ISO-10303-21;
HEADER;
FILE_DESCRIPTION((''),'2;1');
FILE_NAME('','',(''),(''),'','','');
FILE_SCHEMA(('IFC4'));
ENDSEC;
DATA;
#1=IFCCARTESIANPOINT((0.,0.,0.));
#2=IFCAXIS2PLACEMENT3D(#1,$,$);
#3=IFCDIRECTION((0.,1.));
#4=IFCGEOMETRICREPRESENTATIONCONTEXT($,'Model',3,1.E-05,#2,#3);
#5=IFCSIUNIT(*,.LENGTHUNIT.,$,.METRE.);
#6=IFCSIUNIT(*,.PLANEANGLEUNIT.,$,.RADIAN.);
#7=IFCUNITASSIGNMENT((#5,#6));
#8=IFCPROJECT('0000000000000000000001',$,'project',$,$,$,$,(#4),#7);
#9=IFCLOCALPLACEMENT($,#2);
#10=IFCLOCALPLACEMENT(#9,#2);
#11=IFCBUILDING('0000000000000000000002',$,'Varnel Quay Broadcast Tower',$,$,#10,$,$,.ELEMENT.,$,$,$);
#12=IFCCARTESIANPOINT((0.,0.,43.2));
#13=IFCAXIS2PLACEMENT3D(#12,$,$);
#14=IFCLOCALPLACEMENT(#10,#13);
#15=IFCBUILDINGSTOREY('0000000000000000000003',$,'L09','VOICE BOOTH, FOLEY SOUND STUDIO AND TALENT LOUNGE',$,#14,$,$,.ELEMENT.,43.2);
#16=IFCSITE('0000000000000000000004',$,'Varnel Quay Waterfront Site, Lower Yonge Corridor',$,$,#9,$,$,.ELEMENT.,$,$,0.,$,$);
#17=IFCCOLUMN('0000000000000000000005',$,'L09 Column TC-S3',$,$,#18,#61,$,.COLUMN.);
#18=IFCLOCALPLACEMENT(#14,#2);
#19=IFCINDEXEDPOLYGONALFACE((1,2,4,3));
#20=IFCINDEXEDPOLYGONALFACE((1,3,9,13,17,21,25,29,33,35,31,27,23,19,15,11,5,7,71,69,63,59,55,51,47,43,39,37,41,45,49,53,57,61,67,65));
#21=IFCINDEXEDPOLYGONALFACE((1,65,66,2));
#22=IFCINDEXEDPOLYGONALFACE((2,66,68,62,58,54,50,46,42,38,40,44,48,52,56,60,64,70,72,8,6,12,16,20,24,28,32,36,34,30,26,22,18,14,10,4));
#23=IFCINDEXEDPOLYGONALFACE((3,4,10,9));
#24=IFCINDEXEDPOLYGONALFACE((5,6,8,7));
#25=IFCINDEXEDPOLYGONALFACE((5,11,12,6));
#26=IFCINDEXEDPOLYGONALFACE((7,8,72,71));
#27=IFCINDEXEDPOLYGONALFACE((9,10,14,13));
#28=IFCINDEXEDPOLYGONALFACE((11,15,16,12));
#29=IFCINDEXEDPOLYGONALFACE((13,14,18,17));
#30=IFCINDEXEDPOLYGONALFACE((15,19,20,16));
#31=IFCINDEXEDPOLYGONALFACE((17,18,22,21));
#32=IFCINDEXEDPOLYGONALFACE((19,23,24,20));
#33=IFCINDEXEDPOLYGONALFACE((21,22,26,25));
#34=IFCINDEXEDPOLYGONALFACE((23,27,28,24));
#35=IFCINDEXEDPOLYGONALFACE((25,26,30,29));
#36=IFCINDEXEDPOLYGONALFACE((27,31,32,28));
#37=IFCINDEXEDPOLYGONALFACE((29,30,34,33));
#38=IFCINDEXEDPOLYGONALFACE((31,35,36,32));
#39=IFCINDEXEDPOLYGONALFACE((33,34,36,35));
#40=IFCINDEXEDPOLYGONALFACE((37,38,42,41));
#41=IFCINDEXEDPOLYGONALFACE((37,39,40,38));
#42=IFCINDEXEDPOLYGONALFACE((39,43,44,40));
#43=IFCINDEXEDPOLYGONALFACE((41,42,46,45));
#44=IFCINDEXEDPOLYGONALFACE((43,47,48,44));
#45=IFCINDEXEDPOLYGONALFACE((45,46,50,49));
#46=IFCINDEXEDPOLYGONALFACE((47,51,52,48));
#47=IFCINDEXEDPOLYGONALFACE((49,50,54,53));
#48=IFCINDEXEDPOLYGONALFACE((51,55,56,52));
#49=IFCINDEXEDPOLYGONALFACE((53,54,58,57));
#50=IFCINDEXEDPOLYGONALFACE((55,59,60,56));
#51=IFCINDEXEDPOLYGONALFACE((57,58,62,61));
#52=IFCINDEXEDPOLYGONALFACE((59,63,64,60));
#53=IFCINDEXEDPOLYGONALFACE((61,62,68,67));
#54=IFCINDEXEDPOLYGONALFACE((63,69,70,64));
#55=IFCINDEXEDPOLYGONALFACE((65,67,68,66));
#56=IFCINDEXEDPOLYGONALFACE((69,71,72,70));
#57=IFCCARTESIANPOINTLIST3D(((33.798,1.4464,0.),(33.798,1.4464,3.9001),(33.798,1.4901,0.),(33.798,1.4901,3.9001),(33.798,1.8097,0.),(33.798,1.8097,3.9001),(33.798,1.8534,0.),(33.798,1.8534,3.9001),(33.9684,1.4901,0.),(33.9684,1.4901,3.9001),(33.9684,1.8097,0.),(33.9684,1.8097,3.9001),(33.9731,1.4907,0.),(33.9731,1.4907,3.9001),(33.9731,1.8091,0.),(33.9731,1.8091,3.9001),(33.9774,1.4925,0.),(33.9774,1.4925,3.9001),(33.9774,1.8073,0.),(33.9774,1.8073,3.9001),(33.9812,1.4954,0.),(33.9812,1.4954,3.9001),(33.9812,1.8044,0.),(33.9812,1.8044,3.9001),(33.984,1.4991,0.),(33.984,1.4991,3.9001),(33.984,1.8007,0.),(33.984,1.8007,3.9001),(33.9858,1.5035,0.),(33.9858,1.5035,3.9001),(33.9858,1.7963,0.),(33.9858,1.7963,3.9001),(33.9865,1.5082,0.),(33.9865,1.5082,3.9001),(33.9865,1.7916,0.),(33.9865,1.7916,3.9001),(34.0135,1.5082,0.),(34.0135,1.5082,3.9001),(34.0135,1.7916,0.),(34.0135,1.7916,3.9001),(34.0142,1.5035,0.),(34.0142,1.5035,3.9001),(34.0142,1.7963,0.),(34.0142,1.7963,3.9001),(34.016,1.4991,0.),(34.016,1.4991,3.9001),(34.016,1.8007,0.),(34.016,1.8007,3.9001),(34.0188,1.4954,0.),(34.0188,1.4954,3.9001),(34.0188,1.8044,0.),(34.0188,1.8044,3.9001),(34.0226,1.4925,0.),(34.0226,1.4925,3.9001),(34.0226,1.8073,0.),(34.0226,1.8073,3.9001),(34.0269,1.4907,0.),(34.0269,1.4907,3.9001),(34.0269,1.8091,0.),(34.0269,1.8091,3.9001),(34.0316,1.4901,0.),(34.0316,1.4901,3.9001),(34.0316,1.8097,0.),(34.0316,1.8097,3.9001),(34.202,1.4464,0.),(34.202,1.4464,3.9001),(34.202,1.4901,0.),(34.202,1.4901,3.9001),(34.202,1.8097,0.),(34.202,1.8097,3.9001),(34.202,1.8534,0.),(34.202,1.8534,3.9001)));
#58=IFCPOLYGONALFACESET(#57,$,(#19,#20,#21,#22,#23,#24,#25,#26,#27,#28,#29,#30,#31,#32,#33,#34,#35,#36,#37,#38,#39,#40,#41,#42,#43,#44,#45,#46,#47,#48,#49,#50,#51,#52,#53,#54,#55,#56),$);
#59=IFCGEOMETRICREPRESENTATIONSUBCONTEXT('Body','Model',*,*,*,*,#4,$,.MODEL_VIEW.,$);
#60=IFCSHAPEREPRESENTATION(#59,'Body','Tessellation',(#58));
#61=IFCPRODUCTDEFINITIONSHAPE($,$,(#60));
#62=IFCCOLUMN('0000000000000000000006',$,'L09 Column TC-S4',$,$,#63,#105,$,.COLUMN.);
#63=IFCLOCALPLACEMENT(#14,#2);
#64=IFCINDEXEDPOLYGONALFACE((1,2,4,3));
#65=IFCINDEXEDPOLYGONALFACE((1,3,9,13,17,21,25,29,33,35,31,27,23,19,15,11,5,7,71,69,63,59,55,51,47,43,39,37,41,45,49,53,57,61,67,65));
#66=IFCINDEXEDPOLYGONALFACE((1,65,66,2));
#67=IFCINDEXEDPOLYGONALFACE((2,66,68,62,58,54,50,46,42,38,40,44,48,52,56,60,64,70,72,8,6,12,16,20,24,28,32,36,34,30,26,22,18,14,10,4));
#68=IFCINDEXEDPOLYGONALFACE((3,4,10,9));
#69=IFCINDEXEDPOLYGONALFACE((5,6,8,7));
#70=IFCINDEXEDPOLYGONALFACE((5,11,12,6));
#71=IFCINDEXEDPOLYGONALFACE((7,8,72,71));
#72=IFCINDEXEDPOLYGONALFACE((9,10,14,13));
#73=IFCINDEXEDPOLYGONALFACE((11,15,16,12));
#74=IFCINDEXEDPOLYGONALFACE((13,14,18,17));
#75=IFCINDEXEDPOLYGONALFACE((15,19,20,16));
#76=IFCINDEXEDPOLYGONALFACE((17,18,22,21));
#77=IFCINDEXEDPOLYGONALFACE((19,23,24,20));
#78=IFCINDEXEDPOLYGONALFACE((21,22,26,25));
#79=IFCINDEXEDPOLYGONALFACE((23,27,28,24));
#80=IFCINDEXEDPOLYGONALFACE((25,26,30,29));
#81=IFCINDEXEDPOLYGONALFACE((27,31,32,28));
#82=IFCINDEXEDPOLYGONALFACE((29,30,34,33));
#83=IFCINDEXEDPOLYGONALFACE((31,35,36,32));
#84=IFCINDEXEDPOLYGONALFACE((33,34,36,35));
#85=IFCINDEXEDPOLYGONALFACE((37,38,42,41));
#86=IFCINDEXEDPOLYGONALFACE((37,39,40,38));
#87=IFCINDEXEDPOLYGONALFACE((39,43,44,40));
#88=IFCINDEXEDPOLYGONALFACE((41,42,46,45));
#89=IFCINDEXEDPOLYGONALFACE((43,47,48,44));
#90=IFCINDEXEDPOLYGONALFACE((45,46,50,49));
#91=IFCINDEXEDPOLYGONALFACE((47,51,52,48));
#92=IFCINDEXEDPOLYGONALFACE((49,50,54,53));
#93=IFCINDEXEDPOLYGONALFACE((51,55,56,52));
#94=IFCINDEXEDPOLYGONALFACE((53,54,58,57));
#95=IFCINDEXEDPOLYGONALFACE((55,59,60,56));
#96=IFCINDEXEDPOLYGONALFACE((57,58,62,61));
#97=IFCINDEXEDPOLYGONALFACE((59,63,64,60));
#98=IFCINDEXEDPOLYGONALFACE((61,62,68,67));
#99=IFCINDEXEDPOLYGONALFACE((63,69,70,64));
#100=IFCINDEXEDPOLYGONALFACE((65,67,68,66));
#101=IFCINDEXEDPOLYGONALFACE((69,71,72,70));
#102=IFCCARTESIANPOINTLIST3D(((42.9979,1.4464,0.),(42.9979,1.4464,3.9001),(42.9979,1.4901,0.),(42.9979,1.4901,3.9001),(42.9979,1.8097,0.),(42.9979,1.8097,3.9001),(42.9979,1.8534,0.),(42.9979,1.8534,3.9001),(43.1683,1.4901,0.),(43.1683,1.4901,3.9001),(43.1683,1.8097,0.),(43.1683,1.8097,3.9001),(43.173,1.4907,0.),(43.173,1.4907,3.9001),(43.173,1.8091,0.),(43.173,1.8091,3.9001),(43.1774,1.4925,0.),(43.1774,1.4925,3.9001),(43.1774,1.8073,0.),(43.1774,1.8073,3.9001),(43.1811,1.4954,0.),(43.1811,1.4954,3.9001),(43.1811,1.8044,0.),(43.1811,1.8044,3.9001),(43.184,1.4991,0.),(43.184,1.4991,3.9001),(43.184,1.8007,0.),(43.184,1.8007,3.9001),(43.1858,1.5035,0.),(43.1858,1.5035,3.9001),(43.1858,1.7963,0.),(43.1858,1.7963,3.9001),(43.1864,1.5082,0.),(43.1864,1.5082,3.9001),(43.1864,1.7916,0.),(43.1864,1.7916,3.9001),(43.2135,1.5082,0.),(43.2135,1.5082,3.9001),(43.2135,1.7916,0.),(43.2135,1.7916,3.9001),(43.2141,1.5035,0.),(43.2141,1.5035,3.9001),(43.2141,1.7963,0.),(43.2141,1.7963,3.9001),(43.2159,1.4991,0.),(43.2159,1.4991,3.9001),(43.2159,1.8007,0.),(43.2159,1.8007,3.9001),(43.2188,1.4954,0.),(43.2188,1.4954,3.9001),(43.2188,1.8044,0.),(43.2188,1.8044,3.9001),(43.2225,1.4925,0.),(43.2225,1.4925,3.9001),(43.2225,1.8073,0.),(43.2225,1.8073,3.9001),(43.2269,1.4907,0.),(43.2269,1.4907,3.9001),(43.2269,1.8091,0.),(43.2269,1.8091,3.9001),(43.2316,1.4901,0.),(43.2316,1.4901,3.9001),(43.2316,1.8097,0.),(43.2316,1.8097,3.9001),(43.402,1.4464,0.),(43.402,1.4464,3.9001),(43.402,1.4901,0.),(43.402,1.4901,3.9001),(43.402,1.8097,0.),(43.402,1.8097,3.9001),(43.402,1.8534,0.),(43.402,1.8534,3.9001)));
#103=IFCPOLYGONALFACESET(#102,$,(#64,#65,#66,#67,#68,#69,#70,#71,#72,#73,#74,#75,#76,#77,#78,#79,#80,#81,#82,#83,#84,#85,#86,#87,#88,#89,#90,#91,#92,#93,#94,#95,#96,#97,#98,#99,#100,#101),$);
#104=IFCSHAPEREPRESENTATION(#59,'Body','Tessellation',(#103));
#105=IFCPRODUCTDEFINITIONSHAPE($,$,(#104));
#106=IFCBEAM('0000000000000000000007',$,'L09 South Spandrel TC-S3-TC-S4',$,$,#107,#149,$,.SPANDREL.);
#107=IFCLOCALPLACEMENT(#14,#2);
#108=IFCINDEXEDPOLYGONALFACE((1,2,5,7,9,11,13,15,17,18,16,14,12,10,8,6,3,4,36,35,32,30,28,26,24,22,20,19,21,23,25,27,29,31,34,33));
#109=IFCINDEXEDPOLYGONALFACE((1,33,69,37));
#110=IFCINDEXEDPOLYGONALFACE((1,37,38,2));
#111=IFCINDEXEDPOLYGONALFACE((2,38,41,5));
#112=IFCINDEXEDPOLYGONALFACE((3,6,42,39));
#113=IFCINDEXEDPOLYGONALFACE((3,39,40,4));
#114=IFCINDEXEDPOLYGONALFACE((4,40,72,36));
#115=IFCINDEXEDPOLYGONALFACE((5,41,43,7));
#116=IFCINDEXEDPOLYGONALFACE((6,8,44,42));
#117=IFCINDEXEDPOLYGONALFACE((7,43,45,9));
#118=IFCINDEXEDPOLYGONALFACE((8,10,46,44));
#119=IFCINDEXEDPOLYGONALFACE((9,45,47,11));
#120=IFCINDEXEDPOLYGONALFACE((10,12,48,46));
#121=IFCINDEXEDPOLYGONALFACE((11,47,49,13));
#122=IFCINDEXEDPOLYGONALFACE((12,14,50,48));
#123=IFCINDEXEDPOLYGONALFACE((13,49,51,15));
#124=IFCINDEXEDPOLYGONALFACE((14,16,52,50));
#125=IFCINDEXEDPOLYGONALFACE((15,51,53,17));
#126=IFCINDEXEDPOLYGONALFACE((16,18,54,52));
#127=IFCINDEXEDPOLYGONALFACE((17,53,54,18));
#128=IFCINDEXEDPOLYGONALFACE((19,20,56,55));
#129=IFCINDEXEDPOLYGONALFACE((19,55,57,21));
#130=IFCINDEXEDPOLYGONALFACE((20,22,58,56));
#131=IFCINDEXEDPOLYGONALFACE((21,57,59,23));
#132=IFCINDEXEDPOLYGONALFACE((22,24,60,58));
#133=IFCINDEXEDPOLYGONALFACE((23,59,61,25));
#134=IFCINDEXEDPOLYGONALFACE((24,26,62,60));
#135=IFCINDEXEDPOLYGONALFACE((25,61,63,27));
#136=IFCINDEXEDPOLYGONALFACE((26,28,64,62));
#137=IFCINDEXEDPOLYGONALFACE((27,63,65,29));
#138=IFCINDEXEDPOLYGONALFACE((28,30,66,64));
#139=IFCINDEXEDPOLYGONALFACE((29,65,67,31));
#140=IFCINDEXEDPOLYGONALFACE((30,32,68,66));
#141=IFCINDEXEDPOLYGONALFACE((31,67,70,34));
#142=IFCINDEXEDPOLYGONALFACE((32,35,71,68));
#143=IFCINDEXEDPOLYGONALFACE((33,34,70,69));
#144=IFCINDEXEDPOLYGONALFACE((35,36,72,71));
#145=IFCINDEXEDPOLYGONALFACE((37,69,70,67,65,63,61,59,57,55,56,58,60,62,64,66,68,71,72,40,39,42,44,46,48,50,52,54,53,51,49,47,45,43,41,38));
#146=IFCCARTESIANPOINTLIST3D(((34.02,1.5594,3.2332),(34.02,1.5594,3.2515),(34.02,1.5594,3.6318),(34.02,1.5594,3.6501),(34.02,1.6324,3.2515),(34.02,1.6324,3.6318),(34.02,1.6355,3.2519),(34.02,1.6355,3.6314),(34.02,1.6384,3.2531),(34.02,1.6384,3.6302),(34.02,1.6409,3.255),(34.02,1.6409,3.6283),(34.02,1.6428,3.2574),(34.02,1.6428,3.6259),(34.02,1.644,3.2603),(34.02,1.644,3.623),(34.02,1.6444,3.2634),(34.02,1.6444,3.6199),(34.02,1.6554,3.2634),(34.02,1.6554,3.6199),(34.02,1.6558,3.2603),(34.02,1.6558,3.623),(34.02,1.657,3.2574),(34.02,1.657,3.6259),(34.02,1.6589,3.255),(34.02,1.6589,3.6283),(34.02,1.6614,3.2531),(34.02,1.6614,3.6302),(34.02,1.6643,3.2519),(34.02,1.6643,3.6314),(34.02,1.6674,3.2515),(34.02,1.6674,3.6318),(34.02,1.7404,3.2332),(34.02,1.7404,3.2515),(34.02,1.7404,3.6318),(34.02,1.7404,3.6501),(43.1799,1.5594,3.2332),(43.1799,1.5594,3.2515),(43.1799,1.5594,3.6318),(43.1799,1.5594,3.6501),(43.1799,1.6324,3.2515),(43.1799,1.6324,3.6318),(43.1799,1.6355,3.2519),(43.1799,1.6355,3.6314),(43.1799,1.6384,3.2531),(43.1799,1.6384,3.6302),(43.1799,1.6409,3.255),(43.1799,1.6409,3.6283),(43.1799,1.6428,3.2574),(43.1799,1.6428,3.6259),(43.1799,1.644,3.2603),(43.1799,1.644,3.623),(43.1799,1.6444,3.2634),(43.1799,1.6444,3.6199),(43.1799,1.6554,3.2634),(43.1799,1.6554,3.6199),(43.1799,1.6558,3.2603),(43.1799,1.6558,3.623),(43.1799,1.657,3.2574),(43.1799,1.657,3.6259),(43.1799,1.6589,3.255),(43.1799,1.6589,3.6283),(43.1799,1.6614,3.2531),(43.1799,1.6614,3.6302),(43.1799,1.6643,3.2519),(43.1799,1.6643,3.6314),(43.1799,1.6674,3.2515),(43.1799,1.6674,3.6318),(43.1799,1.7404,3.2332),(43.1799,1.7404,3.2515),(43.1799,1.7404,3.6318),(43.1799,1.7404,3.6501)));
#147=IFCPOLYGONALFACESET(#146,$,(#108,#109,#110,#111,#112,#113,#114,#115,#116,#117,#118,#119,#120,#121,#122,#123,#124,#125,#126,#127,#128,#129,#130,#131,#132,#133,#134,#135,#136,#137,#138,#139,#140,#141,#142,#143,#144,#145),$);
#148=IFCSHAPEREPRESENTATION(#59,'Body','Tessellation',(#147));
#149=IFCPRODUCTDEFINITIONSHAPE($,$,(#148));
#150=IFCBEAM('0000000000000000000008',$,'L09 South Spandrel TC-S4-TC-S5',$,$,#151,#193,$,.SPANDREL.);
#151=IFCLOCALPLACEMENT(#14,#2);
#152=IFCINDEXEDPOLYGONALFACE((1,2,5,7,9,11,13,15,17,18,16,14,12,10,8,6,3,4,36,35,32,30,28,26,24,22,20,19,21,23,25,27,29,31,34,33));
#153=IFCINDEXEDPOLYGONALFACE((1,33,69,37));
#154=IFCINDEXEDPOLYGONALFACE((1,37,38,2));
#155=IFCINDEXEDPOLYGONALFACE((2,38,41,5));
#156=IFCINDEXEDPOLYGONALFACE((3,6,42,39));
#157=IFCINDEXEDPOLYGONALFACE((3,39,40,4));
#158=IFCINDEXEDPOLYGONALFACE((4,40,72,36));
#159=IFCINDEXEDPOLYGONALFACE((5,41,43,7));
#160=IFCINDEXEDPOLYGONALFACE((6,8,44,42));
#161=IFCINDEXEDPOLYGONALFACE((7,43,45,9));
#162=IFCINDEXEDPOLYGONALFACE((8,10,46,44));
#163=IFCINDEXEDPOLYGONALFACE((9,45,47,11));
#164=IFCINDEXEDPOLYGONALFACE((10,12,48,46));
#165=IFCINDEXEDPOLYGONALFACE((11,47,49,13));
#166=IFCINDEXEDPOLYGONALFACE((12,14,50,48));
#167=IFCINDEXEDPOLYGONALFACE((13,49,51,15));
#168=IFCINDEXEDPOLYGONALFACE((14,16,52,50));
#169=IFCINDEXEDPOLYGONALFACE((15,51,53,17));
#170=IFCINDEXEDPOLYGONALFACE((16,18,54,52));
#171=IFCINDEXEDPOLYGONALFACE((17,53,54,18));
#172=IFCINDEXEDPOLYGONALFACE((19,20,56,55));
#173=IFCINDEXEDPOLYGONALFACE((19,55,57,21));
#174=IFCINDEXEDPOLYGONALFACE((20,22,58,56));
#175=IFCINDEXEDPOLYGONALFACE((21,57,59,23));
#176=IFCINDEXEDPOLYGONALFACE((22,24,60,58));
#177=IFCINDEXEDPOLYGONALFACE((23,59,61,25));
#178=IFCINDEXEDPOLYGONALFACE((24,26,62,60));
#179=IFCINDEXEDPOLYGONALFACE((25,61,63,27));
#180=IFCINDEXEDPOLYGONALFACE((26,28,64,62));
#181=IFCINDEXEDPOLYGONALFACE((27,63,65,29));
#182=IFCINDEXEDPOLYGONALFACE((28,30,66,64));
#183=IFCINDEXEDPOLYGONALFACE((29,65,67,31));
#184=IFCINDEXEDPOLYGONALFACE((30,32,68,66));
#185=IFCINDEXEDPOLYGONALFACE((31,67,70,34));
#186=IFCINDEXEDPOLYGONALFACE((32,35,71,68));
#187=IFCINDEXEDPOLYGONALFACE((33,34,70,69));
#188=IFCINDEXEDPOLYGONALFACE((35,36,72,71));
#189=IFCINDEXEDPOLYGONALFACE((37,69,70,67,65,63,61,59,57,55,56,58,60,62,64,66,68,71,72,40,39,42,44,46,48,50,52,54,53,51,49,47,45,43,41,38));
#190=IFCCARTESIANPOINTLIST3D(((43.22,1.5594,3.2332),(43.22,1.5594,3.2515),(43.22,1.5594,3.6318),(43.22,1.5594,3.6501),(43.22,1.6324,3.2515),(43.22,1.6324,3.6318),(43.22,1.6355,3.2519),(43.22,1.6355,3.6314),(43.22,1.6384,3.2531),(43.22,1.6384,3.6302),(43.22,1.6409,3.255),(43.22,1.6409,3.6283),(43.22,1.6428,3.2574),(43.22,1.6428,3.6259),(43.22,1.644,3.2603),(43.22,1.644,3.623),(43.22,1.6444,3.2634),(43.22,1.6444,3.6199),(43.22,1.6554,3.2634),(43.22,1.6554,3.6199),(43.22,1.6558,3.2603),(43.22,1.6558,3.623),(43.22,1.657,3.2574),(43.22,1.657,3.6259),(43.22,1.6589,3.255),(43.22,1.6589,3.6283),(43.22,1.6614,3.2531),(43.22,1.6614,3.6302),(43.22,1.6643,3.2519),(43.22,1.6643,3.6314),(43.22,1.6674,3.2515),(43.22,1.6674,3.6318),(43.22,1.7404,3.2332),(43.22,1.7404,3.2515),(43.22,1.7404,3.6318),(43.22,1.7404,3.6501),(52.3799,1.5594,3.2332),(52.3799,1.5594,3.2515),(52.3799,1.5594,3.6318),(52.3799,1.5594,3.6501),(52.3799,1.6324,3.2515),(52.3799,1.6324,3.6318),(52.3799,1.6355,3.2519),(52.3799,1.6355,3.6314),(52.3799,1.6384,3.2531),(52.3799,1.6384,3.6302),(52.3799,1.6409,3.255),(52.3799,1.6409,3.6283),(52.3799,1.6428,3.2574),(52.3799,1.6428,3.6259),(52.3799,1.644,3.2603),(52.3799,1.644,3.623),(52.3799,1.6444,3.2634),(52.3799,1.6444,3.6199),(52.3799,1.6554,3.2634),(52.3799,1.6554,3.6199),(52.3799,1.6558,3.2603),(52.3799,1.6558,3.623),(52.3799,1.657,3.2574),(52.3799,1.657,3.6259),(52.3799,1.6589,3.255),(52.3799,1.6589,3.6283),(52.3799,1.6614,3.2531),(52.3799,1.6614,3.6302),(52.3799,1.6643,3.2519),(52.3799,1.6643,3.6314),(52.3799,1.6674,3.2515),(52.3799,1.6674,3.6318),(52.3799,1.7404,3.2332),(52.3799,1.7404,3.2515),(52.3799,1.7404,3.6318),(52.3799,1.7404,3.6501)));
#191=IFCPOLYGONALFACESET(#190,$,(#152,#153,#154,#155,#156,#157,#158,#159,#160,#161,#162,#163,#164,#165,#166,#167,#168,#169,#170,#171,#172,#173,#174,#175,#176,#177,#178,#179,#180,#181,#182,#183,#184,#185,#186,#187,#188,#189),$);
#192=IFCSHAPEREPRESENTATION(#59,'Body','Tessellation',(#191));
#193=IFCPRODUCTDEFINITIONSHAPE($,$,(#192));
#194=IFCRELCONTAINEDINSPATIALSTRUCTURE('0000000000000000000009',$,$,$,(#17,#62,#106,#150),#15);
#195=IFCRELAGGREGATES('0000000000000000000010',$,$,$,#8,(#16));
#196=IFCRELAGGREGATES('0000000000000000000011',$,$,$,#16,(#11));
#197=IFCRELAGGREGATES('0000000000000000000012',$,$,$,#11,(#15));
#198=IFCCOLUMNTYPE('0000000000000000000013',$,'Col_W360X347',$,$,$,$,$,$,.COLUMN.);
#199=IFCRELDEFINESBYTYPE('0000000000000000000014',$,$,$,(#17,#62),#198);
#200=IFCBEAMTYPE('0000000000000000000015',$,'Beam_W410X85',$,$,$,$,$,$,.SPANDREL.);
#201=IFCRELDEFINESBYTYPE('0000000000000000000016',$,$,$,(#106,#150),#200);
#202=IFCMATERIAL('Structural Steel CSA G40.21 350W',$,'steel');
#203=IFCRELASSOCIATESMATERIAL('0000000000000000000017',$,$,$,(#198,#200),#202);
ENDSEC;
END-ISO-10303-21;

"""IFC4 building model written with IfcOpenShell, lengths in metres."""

from ifc_helpers import new_model, si_unit, direction, frame, origin, origin_2d, place, context, subcontext, project, spatial, i_section, extrude, source, transform, mapped, material, material_profile, profile_set, type_object, type_shapes, element, save


model = new_model("IFC4")

# Units and contexts
model_context = context("Model", 3, precision=1e-05, world=origin(), true_north=direction((0.0, 1.0)))
body_context = subcontext(model_context, "Body", "Model", "MODEL_VIEW")
ifc_project = project(units=[si_unit("LENGTHUNIT", "METRE"), si_unit("PLANEANGLEUNIT", "RADIAN")], contexts=[model_context])

# Site, building, storey
site_placement = place(None, origin())
site = spatial("IfcSite", under=ifc_project, at=site_placement, Name="Varnel Quay Waterfront Site, Lower Yonge Corridor", CompositionType="ELEMENT", RefElevation=0.0)
building_placement = place(site_placement, origin())
building = spatial("IfcBuilding", under=site, at=building_placement, Name="Varnel Quay Broadcast Tower", CompositionType="ELEMENT")
storey_placement = place(building_placement, frame((0.0, 0.0, 43.2)))
storey = spatial("IfcBuildingStorey", under=building, at=storey_placement, Name="L09", Description="VOICE BOOTH, FOLEY SOUND STUDIO AND TALENT LOUNGE", CompositionType="ELEMENT", Elevation=43.2)

# Columns
ifc_material_1 = material(Name="Structural Steel CSA G40.21 350W", Category="steel")
ifc_material_profile_1 = material_profile(ifc_material_1, i_section(OverallWidth=0.4041, OverallDepth=0.407, WebThickness=0.0271, FlangeThickness=0.0437, FilletRadius=0.0181, at=origin_2d()), Name="W360X347")
ifc_profile_set_1 = profile_set([ifc_material_profile_1], Name="Structural Steel CSA G40.21 350W")
column_type = type_object("IfcColumnType", Name="Col_W360X347", PredefinedType="COLUMN", material=ifc_profile_set_1)
shared_shape_1 = source(origin(), body_context, "Body", "SweptSolid", [
    extrude(i_section(OverallWidth=0.4041, OverallDepth=0.407, WebThickness=0.0271, FlangeThickness=0.0437, FilletRadius=0.0181, at=origin_2d()), origin(), (0.0, 0.0, 1.0), 3.9001),
])
type_shapes(column_type, [shared_shape_1])
for number, where, z_axis, x_axis, name in (
    (1, (34.0, 1.6499, 0.0), (0.0, 0.0, 1.0), (1.0, 0.0, 0.0), "L09 Column TC-S3"),
    (2, (43.2, 1.6499, 0.0), (0.0, 0.0, 1.0), (1.0, 0.0, 0.0), "L09 Column TC-S4"),
):
    element("IfcColumn", number, at=place(storey_placement, frame(where, z_axis=z_axis, x_axis=x_axis)), inside=storey, type_object=column_type, Name=name, PredefinedType="COLUMN", context=body_context, shape_type="MappedRepresentation", body=[
        mapped(shared_shape_1, transform((0.0, 0.0, 0.0), x_axis=(1.0, 0.0, 0.0), y_axis=(0.0, 1.0, 0.0), z_axis=(0.0, 0.0, 1.0), scale=1.0)),
    ])

# Beams
ifc_material_profile_2 = material_profile(ifc_material_1, i_section(OverallWidth=0.1809, OverallDepth=0.417, WebThickness=0.011, FlangeThickness=0.0183, FilletRadius=0.012, at=origin_2d()), Name="W410X85")
ifc_profile_set_2 = profile_set([ifc_material_profile_2], Name="Structural Steel CSA G40.21 350W")
beam_type_1 = type_object("IfcBeamType", Name="Beam_W410X85", PredefinedType="SPANDREL", material=ifc_profile_set_2)
shared_shape_2 = source(origin(), body_context, "Body", "SweptSolid", [
    extrude(i_section(OverallWidth=0.1809, OverallDepth=0.417, WebThickness=0.011, FlangeThickness=0.0183, FilletRadius=0.012, at=origin_2d()), origin(), (0.0, 0.0, 1.0), 9.1599),
])
type_shapes(beam_type_1, [shared_shape_2])
for number, where, z_axis, x_axis, name in (
    (3, (34.02, 1.6499, 3.4417), (1.0, 0.0, 0.0), (0.0, 1.0, 0.0), "L09 South Spandrel TC-S3-TC-S4"),
    (4, (43.22, 1.6499, 3.4417), (1.0, 0.0, 0.0), (0.0, 1.0, 0.0), "L09 South Spandrel TC-S4-TC-S5"),
):
    element("IfcBeam", number, at=place(storey_placement, frame(where, z_axis=z_axis, x_axis=x_axis)), inside=storey, type_object=beam_type_1, Name=name, PredefinedType="SPANDREL", context=body_context, shape_type="MappedRepresentation", body=[
        mapped(shared_shape_2, transform((0.0, 0.0, 0.0), x_axis=(1.0, 0.0, 0.0), y_axis=(0.0, 1.0, 0.0), z_axis=(0.0, 0.0, 1.0), scale=1.0)),
    ])

save(model, "model.ifc")
